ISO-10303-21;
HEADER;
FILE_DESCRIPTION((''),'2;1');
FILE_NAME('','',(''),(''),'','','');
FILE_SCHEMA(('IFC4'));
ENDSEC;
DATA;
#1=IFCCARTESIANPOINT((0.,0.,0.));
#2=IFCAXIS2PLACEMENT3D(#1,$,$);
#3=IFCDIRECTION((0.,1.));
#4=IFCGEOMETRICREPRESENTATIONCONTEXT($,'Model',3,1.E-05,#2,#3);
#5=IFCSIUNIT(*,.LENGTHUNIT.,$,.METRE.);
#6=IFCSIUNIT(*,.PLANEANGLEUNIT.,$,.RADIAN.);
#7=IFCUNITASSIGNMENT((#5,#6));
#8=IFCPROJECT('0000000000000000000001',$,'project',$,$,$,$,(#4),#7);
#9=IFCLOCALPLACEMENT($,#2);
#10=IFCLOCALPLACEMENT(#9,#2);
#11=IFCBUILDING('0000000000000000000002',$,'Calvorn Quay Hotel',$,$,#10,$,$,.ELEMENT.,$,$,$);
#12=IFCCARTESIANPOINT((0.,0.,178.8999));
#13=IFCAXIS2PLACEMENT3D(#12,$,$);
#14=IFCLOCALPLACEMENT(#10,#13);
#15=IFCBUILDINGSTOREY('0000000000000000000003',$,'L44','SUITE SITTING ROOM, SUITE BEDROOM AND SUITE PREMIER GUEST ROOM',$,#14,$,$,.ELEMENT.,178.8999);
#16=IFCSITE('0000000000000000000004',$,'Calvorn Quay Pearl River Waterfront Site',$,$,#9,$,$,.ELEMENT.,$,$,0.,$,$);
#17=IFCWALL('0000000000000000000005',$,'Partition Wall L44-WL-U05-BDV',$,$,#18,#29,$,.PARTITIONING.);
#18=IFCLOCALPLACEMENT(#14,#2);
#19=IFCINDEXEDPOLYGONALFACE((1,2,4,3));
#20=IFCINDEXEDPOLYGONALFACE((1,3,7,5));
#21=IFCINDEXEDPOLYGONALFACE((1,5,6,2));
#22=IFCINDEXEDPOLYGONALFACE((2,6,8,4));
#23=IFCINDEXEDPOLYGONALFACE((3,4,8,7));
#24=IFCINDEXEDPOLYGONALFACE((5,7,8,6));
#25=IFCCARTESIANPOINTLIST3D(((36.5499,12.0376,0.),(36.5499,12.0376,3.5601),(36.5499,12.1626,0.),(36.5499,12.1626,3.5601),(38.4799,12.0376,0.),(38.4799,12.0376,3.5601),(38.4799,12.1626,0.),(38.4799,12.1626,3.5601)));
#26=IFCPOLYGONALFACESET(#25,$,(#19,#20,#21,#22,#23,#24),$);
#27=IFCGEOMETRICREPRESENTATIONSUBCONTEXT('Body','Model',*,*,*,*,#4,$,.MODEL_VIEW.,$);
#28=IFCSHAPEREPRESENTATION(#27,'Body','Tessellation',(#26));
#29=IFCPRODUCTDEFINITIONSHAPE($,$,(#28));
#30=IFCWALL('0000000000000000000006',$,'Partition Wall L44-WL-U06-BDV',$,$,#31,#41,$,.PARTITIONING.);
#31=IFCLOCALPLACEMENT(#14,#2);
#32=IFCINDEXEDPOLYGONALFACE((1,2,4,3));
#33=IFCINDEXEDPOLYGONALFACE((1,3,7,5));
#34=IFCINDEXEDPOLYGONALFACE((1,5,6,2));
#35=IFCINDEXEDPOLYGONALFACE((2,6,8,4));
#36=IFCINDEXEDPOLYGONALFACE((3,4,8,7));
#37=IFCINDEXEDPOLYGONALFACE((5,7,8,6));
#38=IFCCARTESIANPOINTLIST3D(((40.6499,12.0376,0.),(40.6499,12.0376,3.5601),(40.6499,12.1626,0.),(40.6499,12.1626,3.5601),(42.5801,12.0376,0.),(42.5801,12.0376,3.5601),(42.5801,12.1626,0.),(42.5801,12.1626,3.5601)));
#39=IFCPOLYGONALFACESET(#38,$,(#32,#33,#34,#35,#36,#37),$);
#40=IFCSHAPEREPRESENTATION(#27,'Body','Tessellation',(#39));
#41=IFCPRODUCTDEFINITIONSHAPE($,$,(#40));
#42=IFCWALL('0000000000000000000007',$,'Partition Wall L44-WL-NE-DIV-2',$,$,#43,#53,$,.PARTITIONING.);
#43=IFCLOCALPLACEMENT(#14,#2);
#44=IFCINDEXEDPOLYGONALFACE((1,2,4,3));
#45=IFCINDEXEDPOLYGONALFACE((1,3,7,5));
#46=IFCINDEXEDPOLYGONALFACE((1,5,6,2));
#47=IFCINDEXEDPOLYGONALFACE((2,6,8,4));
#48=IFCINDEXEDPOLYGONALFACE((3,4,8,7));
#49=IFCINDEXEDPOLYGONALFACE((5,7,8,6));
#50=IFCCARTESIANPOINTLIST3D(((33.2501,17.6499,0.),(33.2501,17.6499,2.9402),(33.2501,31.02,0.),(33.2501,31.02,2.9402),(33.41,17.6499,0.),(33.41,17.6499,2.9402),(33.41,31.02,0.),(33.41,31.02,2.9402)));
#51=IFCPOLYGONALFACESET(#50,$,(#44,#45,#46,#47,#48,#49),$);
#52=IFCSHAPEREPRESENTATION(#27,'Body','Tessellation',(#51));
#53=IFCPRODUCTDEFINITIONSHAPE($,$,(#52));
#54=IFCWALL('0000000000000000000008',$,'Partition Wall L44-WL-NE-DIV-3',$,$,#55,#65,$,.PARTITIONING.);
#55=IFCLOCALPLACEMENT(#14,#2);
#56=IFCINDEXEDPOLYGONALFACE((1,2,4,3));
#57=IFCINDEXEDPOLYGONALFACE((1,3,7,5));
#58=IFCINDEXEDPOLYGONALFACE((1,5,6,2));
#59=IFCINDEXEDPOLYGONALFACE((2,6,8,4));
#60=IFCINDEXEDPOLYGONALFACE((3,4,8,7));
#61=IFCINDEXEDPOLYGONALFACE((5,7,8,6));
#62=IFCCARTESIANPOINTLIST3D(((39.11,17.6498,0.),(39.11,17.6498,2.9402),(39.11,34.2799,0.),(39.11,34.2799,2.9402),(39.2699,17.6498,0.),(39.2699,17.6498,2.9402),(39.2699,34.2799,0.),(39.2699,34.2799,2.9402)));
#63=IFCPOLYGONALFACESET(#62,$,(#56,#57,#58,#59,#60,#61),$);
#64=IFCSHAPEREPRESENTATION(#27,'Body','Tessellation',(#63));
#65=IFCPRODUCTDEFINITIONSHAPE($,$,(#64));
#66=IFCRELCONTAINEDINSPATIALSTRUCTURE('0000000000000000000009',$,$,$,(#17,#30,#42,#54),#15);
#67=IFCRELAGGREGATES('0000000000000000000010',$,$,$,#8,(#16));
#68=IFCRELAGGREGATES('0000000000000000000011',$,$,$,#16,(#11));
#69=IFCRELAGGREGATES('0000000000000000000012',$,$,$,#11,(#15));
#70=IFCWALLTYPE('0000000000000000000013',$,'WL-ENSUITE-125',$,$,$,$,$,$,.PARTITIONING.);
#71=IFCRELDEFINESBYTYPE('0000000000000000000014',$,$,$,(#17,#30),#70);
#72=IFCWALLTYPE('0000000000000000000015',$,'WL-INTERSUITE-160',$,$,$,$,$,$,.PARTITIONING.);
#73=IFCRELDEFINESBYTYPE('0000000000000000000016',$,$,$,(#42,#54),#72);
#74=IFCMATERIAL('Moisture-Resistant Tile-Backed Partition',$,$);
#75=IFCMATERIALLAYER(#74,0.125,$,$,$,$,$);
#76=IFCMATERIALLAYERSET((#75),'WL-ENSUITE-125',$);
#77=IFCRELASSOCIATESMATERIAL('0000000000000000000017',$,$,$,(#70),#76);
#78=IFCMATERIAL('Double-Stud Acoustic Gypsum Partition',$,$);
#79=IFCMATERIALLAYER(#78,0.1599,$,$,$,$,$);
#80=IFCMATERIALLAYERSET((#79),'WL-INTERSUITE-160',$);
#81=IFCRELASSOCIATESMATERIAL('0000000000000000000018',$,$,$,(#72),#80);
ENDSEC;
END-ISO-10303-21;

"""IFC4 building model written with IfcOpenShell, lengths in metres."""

from ifc_helpers import new_model, si_unit, direction, frame, frame_2d, origin, place, context, subcontext, project, spatial, rectangle, extrude, material, layer, layer_set, type_object, element, save


model = new_model("IFC4")

# Units and contexts
model_context = context("Model", 3, precision=1e-05, world=origin(), true_north=direction((0.0, 1.0)))
body_context = subcontext(model_context, "Body", "Model", "MODEL_VIEW")
ifc_project = project(units=[si_unit("LENGTHUNIT", "METRE"), si_unit("PLANEANGLEUNIT", "RADIAN")], contexts=[model_context])

# Site, building, storey
site_placement = place(None, origin())
site = spatial("IfcSite", under=ifc_project, at=site_placement, Name="Calvorn Quay Pearl River Waterfront Site", CompositionType="ELEMENT", RefElevation=0.0)
building_placement = place(site_placement, origin())
building = spatial("IfcBuilding", under=site, at=building_placement, Name="Calvorn Quay Hotel", CompositionType="ELEMENT")
storey_placement = place(building_placement, frame((0.0, 0.0, 178.8999)))
storey = spatial("IfcBuildingStorey", under=building, at=storey_placement, Name="L44", Description="SUITE SITTING ROOM, SUITE BEDROOM AND SUITE PREMIER GUEST ROOM", CompositionType="ELEMENT", Elevation=178.8999)

# Walls
ifc_material_1 = material(Name="Moisture-Resistant Tile-Backed Partition")
ifc_layer_1 = layer(ifc_material_1, 0.125)
ifc_layer_set_1 = layer_set([ifc_layer_1], Name="WL-ENSUITE-125")
wall_type_1 = type_object("IfcWallType", Name="WL-ENSUITE-125", PredefinedType="PARTITIONING", material=ifc_layer_set_1)
wall_1_placement = place(storey_placement, frame((36.55, 12.1001, 0.0), z_axis=(0.0, 0.0, 1.0), x_axis=(1.0, 0.0, 0.0)))
element("IfcWall", 1, at=wall_1_placement, inside=storey, type_object=wall_type_1, Name="Partition Wall L44-WL-U05-BDV", PredefinedType="PARTITIONING", context=body_context, shape_type="SweptSolid", body=[
    extrude(rectangle(XDim=1.9299, YDim=0.125, at=frame_2d((0.9648, 0.0))), origin(), (0.0, 0.0, 1.0), 3.5601),
])
wall_2_placement = place(storey_placement, frame((40.6499, 12.1001, 0.0), z_axis=(0.0, 0.0, 1.0), x_axis=(1.0, 0.0, 0.0)))
element("IfcWall", 2, at=wall_2_placement, inside=storey, type_object=wall_type_1, Name="Partition Wall L44-WL-U06-BDV", PredefinedType="PARTITIONING", context=body_context, shape_type="SweptSolid", body=[
    extrude(rectangle(XDim=1.9302, YDim=0.125, at=frame_2d((0.9651, 0.0))), origin(), (0.0, 0.0, 1.0), 3.5601),
])
ifc_material_2 = material(Name="Double-Stud Acoustic Gypsum Partition")
ifc_layer_2 = layer(ifc_material_2, 0.1599)
ifc_layer_set_2 = layer_set([ifc_layer_2], Name="WL-INTERSUITE-160")
wall_type_2 = type_object("IfcWallType", Name="WL-INTERSUITE-160", PredefinedType="PARTITIONING", material=ifc_layer_set_2)
wall_3_placement = place(storey_placement, frame((33.3301, 17.6499, 0.0), z_axis=(0.0, 0.0, 1.0), x_axis=(0.0, 1.0, 0.0)))
element("IfcWall", 3, at=wall_3_placement, inside=storey, type_object=wall_type_2, Name="Partition Wall L44-WL-NE-DIV-2", PredefinedType="PARTITIONING", context=body_context, shape_type="SweptSolid", body=[
    extrude(rectangle(XDim=13.3701, YDim=0.1599, at=frame_2d((6.6851, 0.0))), origin(), (0.0, 0.0, 1.0), 2.9402),
])
wall_4_placement = place(storey_placement, frame((39.1899, 17.6499, 0.0), z_axis=(0.0, 0.0, 1.0), x_axis=(0.0, 1.0, 0.0)))
element("IfcWall", 4, at=wall_4_placement, inside=storey, type_object=wall_type_2, Name="Partition Wall L44-WL-NE-DIV-3", PredefinedType="PARTITIONING", context=body_context, shape_type="SweptSolid", body=[
    extrude(rectangle(XDim=16.6301, YDim=0.1599, at=frame_2d((8.3149, 0.0))), origin(), (0.0, 0.0, 1.0), 2.9402),
])

save(model, "model.ifc")
